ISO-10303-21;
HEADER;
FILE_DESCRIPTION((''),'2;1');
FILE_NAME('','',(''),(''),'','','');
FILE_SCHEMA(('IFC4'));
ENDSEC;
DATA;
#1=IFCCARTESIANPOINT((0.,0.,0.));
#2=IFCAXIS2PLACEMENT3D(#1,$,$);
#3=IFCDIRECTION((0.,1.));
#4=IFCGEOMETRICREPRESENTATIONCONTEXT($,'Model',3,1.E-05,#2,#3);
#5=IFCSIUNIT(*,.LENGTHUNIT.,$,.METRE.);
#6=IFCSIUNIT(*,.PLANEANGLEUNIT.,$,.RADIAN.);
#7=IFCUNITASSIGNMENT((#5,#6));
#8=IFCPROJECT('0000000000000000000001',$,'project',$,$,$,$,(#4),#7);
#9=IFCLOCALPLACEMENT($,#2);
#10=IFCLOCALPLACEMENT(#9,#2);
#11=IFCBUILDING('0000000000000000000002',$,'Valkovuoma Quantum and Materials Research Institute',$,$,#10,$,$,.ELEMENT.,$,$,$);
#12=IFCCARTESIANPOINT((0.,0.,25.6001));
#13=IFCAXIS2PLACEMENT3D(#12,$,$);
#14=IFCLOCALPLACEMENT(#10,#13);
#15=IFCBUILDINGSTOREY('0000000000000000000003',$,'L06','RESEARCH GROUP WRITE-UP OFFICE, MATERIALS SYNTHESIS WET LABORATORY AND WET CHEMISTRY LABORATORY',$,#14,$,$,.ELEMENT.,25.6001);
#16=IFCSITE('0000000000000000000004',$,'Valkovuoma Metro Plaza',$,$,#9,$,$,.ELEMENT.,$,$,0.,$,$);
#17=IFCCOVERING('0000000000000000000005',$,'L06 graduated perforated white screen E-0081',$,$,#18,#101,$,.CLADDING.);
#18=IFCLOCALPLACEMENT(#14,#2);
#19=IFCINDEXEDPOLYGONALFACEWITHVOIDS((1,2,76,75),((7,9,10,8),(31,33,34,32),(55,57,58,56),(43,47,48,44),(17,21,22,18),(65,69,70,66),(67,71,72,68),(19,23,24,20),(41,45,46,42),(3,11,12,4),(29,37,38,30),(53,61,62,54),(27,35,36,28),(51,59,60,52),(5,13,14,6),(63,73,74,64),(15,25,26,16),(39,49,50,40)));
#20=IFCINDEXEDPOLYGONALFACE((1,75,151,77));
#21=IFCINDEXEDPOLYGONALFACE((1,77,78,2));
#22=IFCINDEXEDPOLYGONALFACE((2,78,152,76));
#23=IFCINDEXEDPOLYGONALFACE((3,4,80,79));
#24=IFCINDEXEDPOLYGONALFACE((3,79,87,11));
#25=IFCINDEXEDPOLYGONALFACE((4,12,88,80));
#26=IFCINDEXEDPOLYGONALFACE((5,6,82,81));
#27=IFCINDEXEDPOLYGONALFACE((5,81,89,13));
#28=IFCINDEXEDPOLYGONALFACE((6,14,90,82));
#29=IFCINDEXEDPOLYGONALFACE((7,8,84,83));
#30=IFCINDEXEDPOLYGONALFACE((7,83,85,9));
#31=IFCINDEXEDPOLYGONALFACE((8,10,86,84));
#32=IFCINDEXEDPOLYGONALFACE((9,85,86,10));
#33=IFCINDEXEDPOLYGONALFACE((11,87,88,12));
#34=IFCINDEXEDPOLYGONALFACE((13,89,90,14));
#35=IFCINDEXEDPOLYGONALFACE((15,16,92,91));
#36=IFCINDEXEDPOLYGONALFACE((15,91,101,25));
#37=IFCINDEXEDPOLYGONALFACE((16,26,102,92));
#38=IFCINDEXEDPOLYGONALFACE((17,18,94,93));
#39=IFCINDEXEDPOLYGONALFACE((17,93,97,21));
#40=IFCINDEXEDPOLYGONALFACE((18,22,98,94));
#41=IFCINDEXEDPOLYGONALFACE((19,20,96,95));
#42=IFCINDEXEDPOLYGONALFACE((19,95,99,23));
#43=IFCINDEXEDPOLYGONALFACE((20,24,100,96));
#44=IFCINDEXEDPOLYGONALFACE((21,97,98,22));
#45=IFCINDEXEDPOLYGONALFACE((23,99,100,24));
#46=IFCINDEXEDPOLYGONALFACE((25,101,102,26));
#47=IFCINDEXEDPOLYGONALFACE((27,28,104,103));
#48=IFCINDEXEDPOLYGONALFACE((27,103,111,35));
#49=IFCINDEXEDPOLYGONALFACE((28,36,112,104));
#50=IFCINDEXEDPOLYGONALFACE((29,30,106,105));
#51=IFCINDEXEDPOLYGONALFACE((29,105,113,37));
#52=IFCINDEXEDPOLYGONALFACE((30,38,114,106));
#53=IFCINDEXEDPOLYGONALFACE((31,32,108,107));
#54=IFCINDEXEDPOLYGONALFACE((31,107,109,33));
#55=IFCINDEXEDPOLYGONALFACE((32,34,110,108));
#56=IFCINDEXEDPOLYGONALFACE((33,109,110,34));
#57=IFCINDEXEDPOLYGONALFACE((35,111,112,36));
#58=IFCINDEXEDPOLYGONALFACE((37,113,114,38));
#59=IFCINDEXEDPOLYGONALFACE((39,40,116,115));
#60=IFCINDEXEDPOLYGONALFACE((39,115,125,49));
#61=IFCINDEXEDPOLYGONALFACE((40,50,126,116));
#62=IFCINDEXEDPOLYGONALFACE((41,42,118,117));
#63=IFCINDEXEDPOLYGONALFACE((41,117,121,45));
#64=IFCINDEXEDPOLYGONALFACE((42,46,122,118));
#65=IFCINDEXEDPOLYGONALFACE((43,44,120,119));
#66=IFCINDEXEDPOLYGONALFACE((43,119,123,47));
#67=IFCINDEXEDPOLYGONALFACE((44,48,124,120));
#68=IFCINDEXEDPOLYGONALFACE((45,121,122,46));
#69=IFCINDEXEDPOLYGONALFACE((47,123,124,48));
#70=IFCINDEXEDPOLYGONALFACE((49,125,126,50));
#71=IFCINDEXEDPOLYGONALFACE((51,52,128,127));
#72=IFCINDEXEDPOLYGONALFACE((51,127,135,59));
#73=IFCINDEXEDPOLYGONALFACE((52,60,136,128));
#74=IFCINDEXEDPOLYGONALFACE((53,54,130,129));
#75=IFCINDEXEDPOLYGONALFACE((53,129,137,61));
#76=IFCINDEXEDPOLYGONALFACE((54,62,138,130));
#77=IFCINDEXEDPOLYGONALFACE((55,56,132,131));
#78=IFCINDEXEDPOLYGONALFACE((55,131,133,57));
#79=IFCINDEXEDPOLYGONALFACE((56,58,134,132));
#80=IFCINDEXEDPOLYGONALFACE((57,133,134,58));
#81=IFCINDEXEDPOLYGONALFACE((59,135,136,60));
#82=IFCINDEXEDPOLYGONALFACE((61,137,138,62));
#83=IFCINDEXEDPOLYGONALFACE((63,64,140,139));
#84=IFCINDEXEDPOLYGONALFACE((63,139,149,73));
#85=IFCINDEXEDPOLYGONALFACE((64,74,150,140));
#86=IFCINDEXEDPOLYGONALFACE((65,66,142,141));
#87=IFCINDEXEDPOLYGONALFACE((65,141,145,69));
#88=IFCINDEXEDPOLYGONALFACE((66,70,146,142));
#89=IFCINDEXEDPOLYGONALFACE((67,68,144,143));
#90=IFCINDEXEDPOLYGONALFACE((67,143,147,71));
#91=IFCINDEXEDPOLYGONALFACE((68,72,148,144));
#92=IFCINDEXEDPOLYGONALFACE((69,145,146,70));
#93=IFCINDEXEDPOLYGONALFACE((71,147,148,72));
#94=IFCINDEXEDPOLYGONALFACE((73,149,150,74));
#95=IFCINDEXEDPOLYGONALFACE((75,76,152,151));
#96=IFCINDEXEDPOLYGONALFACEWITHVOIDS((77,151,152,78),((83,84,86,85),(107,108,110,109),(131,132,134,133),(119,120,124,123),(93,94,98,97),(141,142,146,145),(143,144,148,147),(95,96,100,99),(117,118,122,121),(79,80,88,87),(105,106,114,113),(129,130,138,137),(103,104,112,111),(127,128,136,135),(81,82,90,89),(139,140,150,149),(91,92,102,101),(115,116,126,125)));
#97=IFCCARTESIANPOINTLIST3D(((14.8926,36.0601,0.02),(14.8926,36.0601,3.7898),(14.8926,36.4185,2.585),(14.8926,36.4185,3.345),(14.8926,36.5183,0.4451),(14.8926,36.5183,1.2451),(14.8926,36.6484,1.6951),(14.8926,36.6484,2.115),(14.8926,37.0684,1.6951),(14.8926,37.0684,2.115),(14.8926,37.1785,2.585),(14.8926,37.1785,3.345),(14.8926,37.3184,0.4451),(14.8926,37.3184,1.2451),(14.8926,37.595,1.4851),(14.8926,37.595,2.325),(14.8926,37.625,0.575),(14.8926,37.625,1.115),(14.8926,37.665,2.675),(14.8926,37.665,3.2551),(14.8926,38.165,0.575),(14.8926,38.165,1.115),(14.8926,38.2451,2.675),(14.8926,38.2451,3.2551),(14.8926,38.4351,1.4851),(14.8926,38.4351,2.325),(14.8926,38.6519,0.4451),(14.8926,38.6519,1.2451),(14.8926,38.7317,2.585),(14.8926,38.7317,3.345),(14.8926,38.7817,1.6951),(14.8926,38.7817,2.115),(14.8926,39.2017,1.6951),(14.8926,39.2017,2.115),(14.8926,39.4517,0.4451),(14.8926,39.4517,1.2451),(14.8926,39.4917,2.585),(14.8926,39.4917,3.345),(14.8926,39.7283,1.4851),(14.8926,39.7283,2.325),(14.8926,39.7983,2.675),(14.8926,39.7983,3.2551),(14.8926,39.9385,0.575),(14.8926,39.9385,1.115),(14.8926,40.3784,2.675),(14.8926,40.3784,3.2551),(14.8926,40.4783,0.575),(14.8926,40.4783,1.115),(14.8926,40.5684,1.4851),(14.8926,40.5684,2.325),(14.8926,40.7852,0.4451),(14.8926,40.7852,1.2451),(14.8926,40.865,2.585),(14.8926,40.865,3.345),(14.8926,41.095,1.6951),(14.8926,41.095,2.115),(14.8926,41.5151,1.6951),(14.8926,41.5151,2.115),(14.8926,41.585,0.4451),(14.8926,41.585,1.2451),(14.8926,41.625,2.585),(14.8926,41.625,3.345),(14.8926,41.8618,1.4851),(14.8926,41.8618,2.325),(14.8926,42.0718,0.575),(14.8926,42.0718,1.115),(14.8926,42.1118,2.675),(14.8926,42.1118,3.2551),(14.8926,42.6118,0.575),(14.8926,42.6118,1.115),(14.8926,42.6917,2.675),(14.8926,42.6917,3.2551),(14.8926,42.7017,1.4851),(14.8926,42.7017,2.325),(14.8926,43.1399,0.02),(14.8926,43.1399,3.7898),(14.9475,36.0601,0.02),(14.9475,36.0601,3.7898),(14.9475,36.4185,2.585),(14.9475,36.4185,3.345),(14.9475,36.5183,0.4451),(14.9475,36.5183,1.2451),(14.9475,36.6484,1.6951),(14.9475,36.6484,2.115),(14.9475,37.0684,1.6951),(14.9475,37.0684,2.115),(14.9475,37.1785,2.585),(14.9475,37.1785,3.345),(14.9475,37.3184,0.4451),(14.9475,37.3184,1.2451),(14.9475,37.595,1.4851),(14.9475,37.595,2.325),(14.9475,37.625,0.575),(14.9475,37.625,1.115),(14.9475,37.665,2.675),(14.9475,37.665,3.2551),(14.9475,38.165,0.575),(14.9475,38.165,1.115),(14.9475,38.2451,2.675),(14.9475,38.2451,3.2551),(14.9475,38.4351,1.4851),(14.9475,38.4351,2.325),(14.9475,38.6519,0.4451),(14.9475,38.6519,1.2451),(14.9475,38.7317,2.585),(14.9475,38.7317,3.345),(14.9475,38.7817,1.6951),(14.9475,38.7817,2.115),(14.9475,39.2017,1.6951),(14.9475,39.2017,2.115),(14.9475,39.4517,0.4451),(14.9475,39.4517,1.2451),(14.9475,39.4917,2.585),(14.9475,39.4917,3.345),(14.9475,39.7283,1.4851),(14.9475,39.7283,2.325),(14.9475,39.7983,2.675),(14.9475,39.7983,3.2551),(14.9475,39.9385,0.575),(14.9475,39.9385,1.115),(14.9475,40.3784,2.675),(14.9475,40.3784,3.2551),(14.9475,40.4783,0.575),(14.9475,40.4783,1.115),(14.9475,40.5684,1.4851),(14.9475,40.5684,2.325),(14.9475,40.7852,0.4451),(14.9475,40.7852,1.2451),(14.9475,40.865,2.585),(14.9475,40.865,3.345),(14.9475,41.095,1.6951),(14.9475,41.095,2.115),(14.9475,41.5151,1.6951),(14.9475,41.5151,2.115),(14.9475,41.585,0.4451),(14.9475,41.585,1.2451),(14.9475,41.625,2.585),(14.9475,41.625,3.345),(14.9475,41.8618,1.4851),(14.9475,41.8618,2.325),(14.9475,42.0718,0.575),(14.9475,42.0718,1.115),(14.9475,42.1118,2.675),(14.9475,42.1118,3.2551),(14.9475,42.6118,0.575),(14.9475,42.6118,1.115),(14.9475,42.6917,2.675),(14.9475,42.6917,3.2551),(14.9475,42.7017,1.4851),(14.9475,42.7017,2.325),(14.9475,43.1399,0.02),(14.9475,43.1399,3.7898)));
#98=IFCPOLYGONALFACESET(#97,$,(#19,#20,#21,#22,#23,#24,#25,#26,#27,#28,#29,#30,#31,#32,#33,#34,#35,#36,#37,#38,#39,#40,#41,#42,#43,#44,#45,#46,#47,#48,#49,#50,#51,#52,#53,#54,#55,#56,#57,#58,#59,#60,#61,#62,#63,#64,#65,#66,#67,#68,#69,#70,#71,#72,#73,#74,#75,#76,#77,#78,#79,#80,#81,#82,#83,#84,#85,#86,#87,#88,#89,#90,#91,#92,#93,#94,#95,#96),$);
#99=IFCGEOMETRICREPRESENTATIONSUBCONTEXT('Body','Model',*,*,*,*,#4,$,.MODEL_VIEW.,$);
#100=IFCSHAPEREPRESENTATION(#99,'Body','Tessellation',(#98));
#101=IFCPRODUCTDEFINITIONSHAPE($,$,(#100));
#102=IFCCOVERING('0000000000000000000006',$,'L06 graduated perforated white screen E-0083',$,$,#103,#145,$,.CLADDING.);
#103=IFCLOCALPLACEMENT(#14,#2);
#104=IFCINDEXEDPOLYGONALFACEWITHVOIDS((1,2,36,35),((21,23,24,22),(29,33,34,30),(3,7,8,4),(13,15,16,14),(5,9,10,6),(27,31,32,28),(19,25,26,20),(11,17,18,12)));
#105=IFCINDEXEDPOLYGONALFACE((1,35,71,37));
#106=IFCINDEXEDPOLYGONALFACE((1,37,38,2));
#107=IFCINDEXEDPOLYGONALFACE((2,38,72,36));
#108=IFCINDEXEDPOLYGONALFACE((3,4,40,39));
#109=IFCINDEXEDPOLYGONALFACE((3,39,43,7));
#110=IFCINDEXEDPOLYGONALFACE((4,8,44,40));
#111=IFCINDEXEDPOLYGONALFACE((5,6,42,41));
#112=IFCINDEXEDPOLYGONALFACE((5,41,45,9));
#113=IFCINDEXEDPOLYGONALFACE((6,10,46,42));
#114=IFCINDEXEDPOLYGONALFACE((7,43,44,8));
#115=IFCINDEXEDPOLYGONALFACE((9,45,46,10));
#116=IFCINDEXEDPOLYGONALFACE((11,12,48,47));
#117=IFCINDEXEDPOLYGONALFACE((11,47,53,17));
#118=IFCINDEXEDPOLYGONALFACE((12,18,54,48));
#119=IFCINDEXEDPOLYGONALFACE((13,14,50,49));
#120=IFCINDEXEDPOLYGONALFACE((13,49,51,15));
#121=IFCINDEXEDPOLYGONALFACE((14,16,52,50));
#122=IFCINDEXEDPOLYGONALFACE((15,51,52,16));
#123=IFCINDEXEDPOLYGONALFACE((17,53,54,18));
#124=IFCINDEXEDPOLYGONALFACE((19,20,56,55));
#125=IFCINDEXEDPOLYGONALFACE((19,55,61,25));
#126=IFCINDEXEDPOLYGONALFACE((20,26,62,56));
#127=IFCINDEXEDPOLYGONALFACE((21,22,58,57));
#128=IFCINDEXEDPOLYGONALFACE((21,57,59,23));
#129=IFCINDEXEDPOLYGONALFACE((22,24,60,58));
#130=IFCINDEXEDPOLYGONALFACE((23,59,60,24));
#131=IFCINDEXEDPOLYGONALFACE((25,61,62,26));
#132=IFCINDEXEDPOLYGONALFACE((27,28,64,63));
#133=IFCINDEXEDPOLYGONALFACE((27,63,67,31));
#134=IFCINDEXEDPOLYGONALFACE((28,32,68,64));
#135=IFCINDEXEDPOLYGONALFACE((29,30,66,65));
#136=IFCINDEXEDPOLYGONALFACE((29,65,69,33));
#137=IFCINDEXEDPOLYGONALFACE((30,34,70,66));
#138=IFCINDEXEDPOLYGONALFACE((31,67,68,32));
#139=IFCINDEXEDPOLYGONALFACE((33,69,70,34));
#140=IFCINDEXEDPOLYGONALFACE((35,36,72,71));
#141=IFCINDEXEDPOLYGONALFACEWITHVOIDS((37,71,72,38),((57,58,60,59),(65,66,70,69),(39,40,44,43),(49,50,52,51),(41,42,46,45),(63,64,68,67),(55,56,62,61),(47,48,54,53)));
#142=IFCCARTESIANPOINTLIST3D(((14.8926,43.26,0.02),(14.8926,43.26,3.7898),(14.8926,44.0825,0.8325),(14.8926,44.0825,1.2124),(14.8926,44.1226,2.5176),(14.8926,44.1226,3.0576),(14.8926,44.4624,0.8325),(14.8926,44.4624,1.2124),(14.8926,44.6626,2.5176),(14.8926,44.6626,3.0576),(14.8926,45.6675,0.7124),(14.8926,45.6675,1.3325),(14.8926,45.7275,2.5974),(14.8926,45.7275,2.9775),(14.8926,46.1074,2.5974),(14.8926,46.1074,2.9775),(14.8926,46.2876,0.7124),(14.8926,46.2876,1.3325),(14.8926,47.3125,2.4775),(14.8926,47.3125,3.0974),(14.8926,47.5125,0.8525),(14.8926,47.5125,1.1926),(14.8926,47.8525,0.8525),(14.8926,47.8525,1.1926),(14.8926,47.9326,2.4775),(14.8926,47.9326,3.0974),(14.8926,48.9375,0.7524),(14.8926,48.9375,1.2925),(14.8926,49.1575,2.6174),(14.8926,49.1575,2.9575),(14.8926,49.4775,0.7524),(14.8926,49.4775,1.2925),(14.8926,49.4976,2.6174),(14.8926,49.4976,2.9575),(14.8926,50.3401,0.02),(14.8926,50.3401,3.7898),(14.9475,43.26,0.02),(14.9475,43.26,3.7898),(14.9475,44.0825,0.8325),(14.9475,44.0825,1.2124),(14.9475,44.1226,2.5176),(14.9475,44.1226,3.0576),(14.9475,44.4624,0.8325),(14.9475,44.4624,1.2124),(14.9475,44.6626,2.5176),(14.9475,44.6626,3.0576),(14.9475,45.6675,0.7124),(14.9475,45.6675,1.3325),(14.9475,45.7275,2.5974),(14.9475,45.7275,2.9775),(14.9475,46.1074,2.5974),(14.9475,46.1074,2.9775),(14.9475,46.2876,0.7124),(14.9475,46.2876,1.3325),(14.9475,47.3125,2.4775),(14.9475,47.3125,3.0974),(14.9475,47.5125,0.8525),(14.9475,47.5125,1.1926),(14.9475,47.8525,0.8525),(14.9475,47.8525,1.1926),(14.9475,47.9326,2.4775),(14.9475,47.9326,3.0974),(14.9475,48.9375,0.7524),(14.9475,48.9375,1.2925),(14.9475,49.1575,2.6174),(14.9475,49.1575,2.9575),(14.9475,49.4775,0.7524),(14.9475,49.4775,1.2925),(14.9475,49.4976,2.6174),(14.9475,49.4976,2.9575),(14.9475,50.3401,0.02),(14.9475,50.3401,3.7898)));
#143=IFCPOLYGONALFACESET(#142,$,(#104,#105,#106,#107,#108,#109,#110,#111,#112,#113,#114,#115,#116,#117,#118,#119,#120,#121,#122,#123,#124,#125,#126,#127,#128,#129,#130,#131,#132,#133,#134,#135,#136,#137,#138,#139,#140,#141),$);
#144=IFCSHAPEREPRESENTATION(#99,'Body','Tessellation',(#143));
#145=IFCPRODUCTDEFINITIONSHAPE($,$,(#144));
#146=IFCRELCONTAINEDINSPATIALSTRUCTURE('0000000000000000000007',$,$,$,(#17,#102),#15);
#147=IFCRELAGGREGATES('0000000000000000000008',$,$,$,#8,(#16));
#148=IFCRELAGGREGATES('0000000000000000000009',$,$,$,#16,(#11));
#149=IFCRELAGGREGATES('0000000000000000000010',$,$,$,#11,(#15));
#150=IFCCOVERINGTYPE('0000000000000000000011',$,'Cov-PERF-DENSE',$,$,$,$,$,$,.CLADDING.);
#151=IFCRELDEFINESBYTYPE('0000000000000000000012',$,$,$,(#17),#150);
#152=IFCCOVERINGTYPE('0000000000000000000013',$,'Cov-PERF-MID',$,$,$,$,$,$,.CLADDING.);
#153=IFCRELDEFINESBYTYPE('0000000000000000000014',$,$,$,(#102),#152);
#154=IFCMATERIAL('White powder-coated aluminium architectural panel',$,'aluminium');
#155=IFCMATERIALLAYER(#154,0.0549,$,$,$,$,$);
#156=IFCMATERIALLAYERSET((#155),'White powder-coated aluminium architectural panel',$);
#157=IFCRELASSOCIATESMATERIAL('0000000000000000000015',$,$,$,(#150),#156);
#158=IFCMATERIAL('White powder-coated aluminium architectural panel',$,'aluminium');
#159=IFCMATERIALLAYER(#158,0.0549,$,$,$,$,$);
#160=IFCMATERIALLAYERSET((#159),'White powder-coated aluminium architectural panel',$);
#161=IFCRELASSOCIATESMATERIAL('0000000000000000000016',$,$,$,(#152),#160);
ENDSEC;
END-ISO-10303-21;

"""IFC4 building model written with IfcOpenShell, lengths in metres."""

from ifc_helpers import new_model, si_unit, direction, frame, origin, place, context, subcontext, project, spatial, polyline, outline, extrude, material, layer, layer_set, type_object, element, save


model = new_model("IFC4")

# Units and contexts
model_context = context("Model", 3, precision=1e-05, world=origin(), true_north=direction((0.0, 1.0)))
body_context = subcontext(model_context, "Body", "Model", "MODEL_VIEW")
ifc_project = project(units=[si_unit("LENGTHUNIT", "METRE"), si_unit("PLANEANGLEUNIT", "RADIAN")], contexts=[model_context])

# Site, building, storey
site_placement = place(None, origin())
site = spatial("IfcSite", under=ifc_project, at=site_placement, Name="Valkovuoma Metro Plaza", CompositionType="ELEMENT", RefElevation=0.0)
building_placement = place(site_placement, origin())
building = spatial("IfcBuilding", under=site, at=building_placement, Name="Valkovuoma Quantum and Materials Research Institute", CompositionType="ELEMENT")
storey_placement = place(building_placement, frame((0.0, 0.0, 25.6001)))
storey = spatial("IfcBuildingStorey", under=building, at=storey_placement, Name="L06", Description="RESEARCH GROUP WRITE-UP OFFICE, MATERIALS SYNTHESIS WET LABORATORY AND WET CHEMISTRY LABORATORY", CompositionType="ELEMENT", Elevation=25.6001)

# Coverings
ifc_material_1 = material(Name="White powder-coated aluminium architectural panel", Category="aluminium")
ifc_layer_1 = layer(ifc_material_1, 0.0549)
ifc_layer_set_1 = layer_set([ifc_layer_1], Name="White powder-coated aluminium architectural panel")
covering_type_1 = type_object("IfcCoveringType", Name="Cov-PERF-DENSE", PredefinedType="CLADDING", material=ifc_layer_set_1)
covering_1_placement = place(storey_placement, frame((14.9199, 36.0601, 0.02), z_axis=(0.0, 0.0, 1.0), x_axis=(0.0, 1.0, 0.0)))
element("IfcCovering", 1, at=covering_1_placement, inside=storey, type_object=covering_type_1, Name="L06 graduated perforated white screen E-0081", PredefinedType="CLADDING", context=body_context, shape_type="SweptSolid", body=[
    extrude(outline(polyline([(0.0, 0.0), (7.0798, 0.0), (7.0798, 3.7698), (0.0, 3.7698), (0.0, 0.0)]), holes=[polyline([(0.4583, 0.425), (0.4583, 1.2251), (1.2583, 1.2251), (1.2583, 0.425), (0.4583, 0.425)]), polyline([(0.5884, 1.675), (0.5884, 2.095), (1.0083, 2.095), (1.0083, 1.675), (0.5884, 1.675)]), polyline([(0.3584, 2.5649), (0.3584, 3.325), (1.1184, 3.325), (1.1184, 2.5649), (0.3584, 2.5649)]), polyline([(1.5649, 0.5549), (1.5649, 1.095), (2.105, 1.095), (2.105, 0.5549), (1.5649, 0.5549)]), polyline([(1.5349, 1.4651), (1.5349, 2.3049), (2.375, 2.3049), (2.375, 1.4651), (1.5349, 1.4651)]), polyline([(1.605, 2.655), (1.605, 3.2351), (2.1851, 3.2351), (2.1851, 2.655), (1.605, 2.655)]), polyline([(2.5918, 0.425), (2.5918, 1.2251), (3.3916, 1.2251), (3.3916, 0.425), (2.5918, 0.425)]), polyline([(2.7217, 1.675), (2.7217, 2.095), (3.1416, 2.095), (3.1416, 1.675), (2.7217, 1.675)]), polyline([(2.6716, 2.5649), (2.6716, 3.325), (3.4316, 3.325), (3.4316, 2.5649), (2.6716, 2.5649)]), polyline([(3.8784, 0.5549), (3.8784, 1.095), (4.4182, 1.095), (4.4182, 0.5549), (3.8784, 0.5549)]), polyline([(3.6682, 1.4651), (3.6682, 2.3049), (4.5083, 2.3049), (4.5083, 1.4651), (3.6682, 1.4651)]), polyline([(3.7383, 2.655), (3.7383, 3.2351), (4.3184, 3.2351), (4.3184, 2.655), (3.7383, 2.655)]), polyline([(4.7251, 0.425), (4.7251, 1.2251), (5.5249, 1.2251), (5.5249, 0.425), (4.7251, 0.425)]), polyline([(5.0349, 1.675), (5.0349, 2.095), (5.4551, 2.095), (5.4551, 1.675), (5.0349, 1.675)]), polyline([(4.8049, 2.5649), (4.8049, 3.325), (5.5649, 3.325), (5.5649, 2.5649), (4.8049, 2.5649)]), polyline([(6.0117, 0.5549), (6.0117, 1.095), (6.5518, 1.095), (6.5518, 0.5549), (6.0117, 0.5549)]), polyline([(5.8018, 1.4651), (5.8018, 2.3049), (6.6416, 2.3049), (6.6416, 1.4651), (5.8018, 1.4651)]), polyline([(6.0518, 2.655), (6.0518, 3.2351), (6.6316, 3.2351), (6.6316, 2.655), (6.0518, 2.655)])]), frame((0.0, 0.0273, 0.0), z_axis=(0.0, -1.0, 0.0), x_axis=(1.0, 0.0, 0.0)), (0.0, 0.0, 1.0), 0.0549),
])
ifc_material_2 = material(Name="White powder-coated aluminium architectural panel", Category="aluminium")
ifc_layer_2 = layer(ifc_material_2, 0.0549)
ifc_layer_set_2 = layer_set([ifc_layer_2], Name="White powder-coated aluminium architectural panel")
covering_type_2 = type_object("IfcCoveringType", Name="Cov-PERF-MID", PredefinedType="CLADDING", material=ifc_layer_set_2)
covering_2_placement = place(storey_placement, frame((14.9199, 43.26, 0.02), z_axis=(0.0, 0.0, 1.0), x_axis=(0.0, 1.0, 0.0)))
element("IfcCovering", 2, at=covering_2_placement, inside=storey, type_object=covering_type_2, Name="L06 graduated perforated white screen E-0083", PredefinedType="CLADDING", context=body_context, shape_type="SweptSolid", body=[
    extrude(outline(polyline([(0.0, 0.0), (7.0801, 0.0), (7.0801, 3.7698), (0.0, 3.7698), (0.0, 0.0)]), holes=[polyline([(0.8225, 0.8125), (0.8225, 1.1924), (1.2024, 1.1924), (1.2024, 0.8125), (0.8225, 0.8125)]), polyline([(0.8625, 2.4976), (0.8625, 3.0376), (1.4026, 3.0376), (1.4026, 2.4976), (0.8625, 2.4976)]), polyline([(2.4075, 0.6924), (2.4075, 1.3125), (3.0276, 1.3125), (3.0276, 0.6924), (2.4075, 0.6924)]), polyline([(2.4675, 2.5774), (2.4675, 2.9575), (2.8474, 2.9575), (2.8474, 2.5774), (2.4675, 2.5774)]), polyline([(4.2524, 0.8325), (4.2524, 1.1726), (4.5925, 1.1726), (4.5925, 0.8325), (4.2524, 0.8325)]), polyline([(4.0525, 2.4575), (4.0525, 3.0774), (4.6726, 3.0774), (4.6726, 2.4575), (4.0525, 2.4575)]), polyline([(5.6775, 0.7324), (5.6775, 1.2725), (6.2175, 1.2725), (6.2175, 0.7324), (5.6775, 0.7324)]), polyline([(5.8975, 2.5974), (5.8975, 2.9375), (6.2375, 2.9375), (6.2375, 2.5974), (5.8975, 2.5974)])]), frame((0.0, 0.0273, 0.0), z_axis=(0.0, -1.0, 0.0), x_axis=(1.0, 0.0, 0.0)), (0.0, 0.0, 1.0), 0.0549),
])

save(model, "model.ifc")
